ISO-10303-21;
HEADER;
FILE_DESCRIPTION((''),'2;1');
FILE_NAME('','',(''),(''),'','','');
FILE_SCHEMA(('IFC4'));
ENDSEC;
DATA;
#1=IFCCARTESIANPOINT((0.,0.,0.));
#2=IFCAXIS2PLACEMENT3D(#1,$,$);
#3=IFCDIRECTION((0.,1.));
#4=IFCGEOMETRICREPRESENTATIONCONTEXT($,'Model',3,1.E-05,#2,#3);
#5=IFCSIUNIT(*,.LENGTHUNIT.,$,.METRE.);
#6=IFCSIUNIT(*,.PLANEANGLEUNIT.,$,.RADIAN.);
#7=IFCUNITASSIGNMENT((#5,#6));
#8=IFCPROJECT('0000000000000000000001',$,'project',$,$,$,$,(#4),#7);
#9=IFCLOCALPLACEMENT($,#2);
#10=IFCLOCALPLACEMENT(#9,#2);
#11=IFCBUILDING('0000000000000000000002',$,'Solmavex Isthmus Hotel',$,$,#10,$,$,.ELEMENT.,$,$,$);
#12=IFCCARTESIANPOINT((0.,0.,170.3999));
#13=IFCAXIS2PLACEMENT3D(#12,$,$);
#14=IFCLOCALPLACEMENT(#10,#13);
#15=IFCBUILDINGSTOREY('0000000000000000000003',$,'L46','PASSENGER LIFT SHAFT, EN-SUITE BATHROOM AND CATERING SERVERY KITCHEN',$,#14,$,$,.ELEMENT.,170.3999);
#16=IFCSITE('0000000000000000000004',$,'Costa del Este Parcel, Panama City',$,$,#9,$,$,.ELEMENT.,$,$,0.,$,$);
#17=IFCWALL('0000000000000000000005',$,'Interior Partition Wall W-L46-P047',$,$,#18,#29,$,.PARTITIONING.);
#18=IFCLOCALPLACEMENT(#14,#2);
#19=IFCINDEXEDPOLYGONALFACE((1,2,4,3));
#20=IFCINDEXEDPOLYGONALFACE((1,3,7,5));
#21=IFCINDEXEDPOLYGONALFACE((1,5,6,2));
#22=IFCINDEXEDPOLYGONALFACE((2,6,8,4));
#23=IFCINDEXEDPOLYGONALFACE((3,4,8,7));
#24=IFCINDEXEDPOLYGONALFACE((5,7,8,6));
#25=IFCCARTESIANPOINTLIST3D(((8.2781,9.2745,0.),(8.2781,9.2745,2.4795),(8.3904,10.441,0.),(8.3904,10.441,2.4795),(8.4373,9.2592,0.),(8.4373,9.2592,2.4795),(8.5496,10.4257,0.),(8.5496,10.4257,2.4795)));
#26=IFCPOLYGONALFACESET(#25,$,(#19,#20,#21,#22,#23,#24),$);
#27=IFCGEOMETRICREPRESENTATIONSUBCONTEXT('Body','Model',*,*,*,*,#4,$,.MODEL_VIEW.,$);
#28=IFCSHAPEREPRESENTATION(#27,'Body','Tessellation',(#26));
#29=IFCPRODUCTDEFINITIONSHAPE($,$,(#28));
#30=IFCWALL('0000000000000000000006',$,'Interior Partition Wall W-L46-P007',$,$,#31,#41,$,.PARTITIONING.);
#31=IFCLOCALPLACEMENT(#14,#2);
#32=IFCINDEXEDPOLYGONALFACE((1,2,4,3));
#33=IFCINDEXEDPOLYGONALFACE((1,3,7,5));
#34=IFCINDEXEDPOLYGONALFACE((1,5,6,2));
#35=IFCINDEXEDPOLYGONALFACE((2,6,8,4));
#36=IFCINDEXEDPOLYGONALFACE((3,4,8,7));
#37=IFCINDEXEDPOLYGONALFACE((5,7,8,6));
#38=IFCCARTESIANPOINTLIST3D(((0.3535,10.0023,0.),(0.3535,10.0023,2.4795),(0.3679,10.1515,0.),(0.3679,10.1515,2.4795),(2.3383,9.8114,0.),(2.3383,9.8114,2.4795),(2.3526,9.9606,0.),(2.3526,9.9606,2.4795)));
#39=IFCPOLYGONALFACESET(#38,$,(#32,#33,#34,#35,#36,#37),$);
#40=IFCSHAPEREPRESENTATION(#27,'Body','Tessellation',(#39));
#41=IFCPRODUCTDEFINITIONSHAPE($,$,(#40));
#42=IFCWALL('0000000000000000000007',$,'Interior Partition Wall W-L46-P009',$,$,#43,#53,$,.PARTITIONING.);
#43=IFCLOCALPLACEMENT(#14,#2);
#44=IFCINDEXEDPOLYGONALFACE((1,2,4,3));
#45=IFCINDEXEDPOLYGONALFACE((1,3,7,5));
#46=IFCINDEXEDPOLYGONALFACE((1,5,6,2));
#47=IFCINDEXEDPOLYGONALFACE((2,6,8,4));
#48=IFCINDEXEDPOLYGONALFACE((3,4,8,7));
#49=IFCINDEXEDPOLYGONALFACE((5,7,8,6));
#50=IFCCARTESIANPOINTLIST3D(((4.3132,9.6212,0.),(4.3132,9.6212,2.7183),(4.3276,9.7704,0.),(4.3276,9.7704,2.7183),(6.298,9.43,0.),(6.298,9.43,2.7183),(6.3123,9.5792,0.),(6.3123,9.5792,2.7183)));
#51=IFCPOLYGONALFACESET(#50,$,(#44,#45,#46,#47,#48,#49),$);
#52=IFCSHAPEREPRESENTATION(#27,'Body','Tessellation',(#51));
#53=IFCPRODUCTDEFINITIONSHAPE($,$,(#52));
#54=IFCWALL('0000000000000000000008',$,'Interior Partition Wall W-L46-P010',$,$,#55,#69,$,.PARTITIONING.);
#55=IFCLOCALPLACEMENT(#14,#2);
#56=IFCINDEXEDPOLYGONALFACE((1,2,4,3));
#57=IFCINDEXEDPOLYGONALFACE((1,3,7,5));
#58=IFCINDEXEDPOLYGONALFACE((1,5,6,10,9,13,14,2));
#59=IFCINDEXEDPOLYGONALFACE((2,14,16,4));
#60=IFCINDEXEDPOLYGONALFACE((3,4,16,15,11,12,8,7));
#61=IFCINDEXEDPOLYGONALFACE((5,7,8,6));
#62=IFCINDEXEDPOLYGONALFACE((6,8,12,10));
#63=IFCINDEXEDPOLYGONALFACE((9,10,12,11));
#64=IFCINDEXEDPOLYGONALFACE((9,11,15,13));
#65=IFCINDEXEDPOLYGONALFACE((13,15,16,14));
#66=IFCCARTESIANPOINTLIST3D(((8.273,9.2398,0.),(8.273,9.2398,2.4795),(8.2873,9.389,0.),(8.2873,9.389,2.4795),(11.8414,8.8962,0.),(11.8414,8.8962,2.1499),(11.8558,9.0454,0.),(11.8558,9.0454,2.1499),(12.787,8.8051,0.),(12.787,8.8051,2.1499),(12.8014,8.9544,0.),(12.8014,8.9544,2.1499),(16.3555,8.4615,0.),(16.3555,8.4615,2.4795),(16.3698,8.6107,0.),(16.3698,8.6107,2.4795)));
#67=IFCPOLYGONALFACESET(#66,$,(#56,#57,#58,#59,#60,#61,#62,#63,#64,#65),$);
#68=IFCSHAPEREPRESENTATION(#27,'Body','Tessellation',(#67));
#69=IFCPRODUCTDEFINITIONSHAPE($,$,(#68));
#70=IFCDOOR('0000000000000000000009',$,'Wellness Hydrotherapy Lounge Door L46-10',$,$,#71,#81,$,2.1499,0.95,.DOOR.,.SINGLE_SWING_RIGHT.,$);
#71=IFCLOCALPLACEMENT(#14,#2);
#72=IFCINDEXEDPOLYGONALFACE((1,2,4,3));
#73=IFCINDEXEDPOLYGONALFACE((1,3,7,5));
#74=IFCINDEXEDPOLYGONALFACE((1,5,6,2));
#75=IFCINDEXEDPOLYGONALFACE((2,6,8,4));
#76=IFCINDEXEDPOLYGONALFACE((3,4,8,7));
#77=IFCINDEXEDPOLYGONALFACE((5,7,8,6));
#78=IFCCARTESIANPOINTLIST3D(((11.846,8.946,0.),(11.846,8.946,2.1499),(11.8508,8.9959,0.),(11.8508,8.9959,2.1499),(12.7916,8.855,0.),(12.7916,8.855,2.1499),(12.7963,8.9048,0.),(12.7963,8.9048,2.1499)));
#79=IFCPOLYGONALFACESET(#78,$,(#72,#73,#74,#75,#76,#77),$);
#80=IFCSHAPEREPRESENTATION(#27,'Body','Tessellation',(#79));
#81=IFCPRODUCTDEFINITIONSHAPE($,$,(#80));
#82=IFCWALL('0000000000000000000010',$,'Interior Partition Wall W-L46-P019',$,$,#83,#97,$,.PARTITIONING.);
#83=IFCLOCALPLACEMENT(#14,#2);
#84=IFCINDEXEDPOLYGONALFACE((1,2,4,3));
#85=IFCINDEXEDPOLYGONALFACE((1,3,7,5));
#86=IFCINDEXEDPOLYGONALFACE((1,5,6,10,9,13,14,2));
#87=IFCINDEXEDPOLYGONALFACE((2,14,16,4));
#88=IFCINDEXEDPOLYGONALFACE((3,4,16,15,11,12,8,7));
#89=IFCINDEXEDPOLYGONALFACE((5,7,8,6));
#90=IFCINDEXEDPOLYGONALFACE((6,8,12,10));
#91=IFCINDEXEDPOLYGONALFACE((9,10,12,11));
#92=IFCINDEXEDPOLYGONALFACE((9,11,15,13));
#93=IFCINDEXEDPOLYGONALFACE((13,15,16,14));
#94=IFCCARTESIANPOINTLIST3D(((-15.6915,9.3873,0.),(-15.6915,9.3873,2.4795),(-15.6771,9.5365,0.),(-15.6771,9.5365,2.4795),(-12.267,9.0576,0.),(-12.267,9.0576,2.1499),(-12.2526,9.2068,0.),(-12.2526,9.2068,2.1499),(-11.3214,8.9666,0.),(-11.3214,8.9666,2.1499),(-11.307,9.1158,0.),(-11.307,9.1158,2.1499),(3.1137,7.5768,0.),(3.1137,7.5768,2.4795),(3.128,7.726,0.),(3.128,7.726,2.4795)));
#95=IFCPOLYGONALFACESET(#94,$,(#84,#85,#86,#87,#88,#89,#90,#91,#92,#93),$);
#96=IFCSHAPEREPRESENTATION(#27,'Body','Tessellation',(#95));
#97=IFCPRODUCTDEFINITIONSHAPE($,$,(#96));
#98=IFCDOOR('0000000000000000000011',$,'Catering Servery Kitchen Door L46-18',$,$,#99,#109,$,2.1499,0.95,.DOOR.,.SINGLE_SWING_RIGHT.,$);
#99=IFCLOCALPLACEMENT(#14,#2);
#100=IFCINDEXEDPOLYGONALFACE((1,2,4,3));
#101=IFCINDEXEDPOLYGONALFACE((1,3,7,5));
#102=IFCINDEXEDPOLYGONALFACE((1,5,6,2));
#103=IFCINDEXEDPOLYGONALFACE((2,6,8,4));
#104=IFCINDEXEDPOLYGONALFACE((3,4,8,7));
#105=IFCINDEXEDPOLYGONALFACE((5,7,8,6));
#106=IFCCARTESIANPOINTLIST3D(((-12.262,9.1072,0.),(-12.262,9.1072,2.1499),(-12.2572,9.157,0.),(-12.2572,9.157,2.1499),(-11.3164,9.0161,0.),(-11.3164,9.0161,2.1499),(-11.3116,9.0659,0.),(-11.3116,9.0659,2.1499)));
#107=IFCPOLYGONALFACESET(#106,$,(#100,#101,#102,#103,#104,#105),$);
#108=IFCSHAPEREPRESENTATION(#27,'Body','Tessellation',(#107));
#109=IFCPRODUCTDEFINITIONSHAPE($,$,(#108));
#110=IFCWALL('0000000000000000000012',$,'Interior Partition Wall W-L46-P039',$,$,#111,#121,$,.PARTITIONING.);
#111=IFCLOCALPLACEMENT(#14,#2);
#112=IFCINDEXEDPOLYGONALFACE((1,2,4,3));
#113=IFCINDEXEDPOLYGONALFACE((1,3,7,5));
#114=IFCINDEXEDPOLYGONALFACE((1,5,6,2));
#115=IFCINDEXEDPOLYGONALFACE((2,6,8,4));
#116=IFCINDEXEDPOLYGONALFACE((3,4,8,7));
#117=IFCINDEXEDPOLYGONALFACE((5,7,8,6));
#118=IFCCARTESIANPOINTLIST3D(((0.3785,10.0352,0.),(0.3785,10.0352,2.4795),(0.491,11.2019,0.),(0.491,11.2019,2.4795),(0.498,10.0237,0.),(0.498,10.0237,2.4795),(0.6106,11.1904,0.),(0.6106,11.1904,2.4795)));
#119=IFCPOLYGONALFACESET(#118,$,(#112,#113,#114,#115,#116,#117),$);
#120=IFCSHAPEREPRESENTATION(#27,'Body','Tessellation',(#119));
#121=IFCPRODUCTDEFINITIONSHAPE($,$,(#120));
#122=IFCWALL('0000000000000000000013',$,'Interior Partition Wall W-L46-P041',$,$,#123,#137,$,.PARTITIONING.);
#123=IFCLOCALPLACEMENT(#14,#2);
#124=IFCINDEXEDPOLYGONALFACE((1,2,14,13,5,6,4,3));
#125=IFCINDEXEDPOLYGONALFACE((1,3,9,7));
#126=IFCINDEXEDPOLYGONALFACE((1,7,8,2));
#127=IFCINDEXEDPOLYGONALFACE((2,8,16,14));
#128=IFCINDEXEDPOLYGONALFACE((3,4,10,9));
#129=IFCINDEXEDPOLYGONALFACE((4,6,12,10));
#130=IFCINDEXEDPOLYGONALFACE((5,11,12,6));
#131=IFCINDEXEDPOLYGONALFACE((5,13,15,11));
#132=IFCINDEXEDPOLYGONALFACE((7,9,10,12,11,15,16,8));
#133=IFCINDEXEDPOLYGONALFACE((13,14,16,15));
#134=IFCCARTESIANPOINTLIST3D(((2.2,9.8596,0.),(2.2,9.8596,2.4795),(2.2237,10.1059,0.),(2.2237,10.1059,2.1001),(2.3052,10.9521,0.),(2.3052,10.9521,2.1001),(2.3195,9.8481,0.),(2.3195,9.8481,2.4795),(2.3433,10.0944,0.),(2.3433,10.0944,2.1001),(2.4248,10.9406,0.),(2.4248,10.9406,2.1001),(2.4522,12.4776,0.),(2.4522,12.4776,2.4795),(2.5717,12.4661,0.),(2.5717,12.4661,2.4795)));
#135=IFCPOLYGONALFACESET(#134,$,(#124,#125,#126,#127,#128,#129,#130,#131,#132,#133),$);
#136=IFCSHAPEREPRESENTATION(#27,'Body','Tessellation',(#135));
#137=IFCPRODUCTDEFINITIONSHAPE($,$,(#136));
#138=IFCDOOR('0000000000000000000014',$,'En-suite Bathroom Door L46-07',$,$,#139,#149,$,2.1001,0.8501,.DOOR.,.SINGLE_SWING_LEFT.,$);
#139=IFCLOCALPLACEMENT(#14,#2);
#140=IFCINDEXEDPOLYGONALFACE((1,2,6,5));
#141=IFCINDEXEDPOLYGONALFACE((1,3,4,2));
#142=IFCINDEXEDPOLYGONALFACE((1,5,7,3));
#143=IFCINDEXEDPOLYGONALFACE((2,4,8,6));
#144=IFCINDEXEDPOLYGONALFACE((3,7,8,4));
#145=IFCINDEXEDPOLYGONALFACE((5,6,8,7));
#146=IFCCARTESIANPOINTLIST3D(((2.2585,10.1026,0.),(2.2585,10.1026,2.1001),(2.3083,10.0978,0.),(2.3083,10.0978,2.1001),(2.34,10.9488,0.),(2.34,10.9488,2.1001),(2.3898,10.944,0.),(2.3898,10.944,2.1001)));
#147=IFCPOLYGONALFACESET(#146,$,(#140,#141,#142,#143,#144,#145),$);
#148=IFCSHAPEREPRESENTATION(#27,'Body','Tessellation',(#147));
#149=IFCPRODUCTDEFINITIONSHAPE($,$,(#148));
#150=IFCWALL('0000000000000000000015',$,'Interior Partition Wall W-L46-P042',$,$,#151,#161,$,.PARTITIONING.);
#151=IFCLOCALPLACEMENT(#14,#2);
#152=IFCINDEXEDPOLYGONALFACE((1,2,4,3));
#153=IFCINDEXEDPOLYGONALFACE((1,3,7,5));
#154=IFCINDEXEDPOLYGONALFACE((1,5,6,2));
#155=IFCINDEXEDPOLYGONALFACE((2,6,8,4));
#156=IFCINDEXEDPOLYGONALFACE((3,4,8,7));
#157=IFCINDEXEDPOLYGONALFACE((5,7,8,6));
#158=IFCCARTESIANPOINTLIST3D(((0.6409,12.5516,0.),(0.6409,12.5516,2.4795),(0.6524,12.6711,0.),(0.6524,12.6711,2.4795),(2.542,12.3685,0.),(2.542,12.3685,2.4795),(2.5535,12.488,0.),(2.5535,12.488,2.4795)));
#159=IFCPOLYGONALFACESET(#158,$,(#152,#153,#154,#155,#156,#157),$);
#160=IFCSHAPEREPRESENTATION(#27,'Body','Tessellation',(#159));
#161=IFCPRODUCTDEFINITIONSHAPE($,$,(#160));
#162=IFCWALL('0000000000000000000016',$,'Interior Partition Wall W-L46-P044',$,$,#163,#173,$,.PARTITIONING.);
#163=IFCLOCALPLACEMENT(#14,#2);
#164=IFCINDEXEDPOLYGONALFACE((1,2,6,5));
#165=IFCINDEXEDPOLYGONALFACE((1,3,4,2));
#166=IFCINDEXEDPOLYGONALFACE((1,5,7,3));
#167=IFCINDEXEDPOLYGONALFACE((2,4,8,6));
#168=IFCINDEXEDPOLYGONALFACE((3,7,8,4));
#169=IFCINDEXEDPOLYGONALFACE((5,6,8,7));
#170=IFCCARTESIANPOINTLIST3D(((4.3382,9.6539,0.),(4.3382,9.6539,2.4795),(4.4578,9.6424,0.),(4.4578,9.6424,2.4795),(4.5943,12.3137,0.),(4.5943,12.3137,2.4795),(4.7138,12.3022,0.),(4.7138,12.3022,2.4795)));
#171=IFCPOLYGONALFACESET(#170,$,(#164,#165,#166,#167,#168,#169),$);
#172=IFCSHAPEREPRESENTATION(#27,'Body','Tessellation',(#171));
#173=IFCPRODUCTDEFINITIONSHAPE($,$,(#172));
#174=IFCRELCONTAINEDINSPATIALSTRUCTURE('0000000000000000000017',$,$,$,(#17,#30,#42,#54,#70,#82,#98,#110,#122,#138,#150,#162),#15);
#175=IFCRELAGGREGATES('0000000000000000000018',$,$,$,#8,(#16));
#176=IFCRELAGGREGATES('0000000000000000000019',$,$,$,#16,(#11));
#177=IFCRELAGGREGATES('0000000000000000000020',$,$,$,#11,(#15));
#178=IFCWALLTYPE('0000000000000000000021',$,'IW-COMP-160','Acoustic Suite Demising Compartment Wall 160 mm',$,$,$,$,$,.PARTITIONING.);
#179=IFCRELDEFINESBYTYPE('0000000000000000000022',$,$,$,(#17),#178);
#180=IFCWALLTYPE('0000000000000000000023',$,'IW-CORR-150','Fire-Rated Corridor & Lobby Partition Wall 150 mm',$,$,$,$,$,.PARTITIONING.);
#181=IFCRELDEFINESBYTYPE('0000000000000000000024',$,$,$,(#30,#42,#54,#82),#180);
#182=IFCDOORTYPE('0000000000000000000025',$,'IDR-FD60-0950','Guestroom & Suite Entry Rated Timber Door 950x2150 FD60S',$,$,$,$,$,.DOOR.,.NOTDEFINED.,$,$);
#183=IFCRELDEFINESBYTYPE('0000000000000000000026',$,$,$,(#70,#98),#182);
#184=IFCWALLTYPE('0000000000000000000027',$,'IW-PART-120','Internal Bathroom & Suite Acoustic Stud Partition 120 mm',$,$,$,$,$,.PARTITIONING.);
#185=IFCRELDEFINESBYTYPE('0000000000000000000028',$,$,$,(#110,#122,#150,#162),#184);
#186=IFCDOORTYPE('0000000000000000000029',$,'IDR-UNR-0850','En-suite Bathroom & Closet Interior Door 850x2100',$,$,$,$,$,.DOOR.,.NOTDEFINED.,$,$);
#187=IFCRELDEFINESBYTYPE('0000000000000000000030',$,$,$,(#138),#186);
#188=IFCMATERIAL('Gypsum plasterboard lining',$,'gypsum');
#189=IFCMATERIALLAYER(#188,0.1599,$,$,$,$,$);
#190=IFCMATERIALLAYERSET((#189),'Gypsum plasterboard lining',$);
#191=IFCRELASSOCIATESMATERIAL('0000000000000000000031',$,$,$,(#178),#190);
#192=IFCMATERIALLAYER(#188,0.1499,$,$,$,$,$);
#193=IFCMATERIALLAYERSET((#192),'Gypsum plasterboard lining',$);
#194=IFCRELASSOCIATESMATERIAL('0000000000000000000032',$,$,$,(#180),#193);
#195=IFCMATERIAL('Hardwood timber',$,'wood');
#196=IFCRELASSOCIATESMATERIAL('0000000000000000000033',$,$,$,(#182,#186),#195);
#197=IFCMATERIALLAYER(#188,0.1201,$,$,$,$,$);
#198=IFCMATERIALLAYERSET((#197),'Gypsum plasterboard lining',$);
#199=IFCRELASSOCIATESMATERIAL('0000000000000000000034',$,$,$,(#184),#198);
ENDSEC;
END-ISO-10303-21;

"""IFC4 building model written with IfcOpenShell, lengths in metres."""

from ifc_helpers import new_model, si_unit, direction, frame, frame_2d, origin, place, context, subcontext, project, spatial, rectangle, extrude, material, layer, layer_set, type_object, element, fill, save


model = new_model("IFC4")

# Units and contexts
model_context = context("Model", 3, precision=1e-05, world=origin(), true_north=direction((0.0, 1.0)))
body_context = subcontext(model_context, "Body", "Model", "MODEL_VIEW")
ifc_project = project(units=[si_unit("LENGTHUNIT", "METRE"), si_unit("PLANEANGLEUNIT", "RADIAN")], contexts=[model_context])

# Site, building, storey
site_placement = place(None, origin())
site = spatial("IfcSite", under=ifc_project, at=site_placement, Name="Costa del Este Parcel, Panama City", CompositionType="ELEMENT", RefElevation=0.0)
building_placement = place(site_placement, origin())
building = spatial("IfcBuilding", under=site, at=building_placement, Name="Solmavex Isthmus Hotel", CompositionType="ELEMENT")
storey_placement = place(building_placement, frame((0.0, 0.0, 170.3999)))
storey = spatial("IfcBuildingStorey", under=building, at=storey_placement, Name="L46", Description="PASSENGER LIFT SHAFT, EN-SUITE BATHROOM AND CATERING SERVERY KITCHEN", CompositionType="ELEMENT", Elevation=170.3999)

# Wall
ifc_material_1 = material(Name="Gypsum plasterboard lining", Category="gypsum")
ifc_layer_1 = layer(ifc_material_1, 0.1599)
ifc_layer_set_1 = layer_set([ifc_layer_1], Name="Gypsum plasterboard lining")
wall_type_1 = type_object("IfcWallType", Name="IW-COMP-160", Description="Acoustic Suite Demising Compartment Wall 160 mm", PredefinedType="PARTITIONING", material=ifc_layer_set_1)
wall_1_placement = place(storey_placement, frame((8.47, 10.4333, 0.0), z_axis=(0.0, 0.0, 1.0), x_axis=(-0.095831, -0.995398, 0.0)))
element("IfcWall", 1, at=wall_1_placement, inside=storey, type_object=wall_type_1, Name="Interior Partition Wall W-L46-P047", PredefinedType="PARTITIONING", context=body_context, shape_type="SweptSolid", body=[
    extrude(rectangle(XDim=1.1719, YDim=0.1599, at=frame_2d((0.5859, 0.0))), origin(), (0.0, 0.0, 1.0), 2.4795),
])

# Shared definitions
ifc_layer_2 = layer(ifc_material_1, 0.1499)
ifc_layer_set_2 = layer_set([ifc_layer_2], Name="Gypsum plasterboard lining")
wall_type_2 = type_object("IfcWallType", Name="IW-CORR-150", Description="Fire-Rated Corridor & Lobby Partition Wall 150 mm", PredefinedType="PARTITIONING", material=ifc_layer_set_2)
ifc_material_2 = material(Name="Hardwood timber", Category="wood")
door_type_1 = type_object("IfcDoorType", Name="IDR-FD60-0950", Description="Guestroom & Suite Entry Rated Timber Door 950x2150 FD60S", OperationType="NOTDEFINED", PredefinedType="DOOR", material=ifc_material_2)

# Wall
wall_2_placement = place(storey_placement, frame((0.3606, 10.0769, 0.0), z_axis=(0.0, 0.0, 1.0), x_axis=(0.995405, -0.095757, 0.0)))
element("IfcWall", 2, at=wall_2_placement, inside=storey, type_object=wall_type_2, Name="Interior Partition Wall W-L46-P007", PredefinedType="PARTITIONING", context=body_context, shape_type="SweptSolid", body=[
    extrude(rectangle(XDim=1.9939, YDim=0.1499, at=frame_2d((0.9971, 0.0))), origin(), (0.0, 0.0, 1.0), 2.4795),
])

# Wall
wall_3_placement = place(storey_placement, frame((4.3203, 9.6958, 0.0), z_axis=(0.0, 0.0, 1.0), x_axis=(0.995393, -0.095878, 0.0)))
element("IfcWall", 3, at=wall_3_placement, inside=storey, type_object=wall_type_2, Name="Interior Partition Wall W-L46-P009", PredefinedType="PARTITIONING", context=body_context, shape_type="SweptSolid", body=[
    extrude(rectangle(XDim=1.9939, YDim=0.1499, at=frame_2d((0.9971, 0.0))), origin(), (0.0, 0.0, 1.0), 2.7183),
])

# Walls, openings, doors
wall_4_placement = place(storey_placement, frame((8.28, 9.3145, 0.0), z_axis=(0.0, 0.0, 1.0), x_axis=(0.995395, -0.095853, 0.0)))
wall_4 = element("IfcWall", 4, at=wall_4_placement, inside=storey, type_object=wall_type_2, Name="Interior Partition Wall W-L46-P010", PredefinedType="PARTITIONING", context=body_context, shape_type="SweptSolid", body=[
    extrude(rectangle(XDim=8.1199, YDim=0.1499, at=frame_2d((4.0601, 0.0))), origin(), (0.0, 0.0, 1.0), 2.4795),
])
opening_1_placement = place(wall_4_placement, frame((3.585, 0.0, 0.0)))
opening_1 = element("IfcOpeningElement", 5, at=opening_1_placement, cuts=wall_4, PredefinedType="OPENING", context=body_context, shape_type="SweptSolid", body=[
    extrude(rectangle(XDim=0.95, YDim=2.1499, at=frame_2d((0.4751, 1.075))), frame((0.0, 0.085, 0.0), z_axis=(0.0, -1.0, 0.0), x_axis=(1.0, 0.0, 0.0)), (0.0, 0.0, 1.0), 0.1699),
])
door_1_placement = place(opening_1_placement, frame((0.95, 0.0, 0.0), z_axis=(0.0, 0.0, 1.0), x_axis=(-1.0, 0.0, 0.0)))
door_1 = element("IfcDoor", 6, at=door_1_placement, inside=storey, type_object=door_type_1, Name="Wellness Hydrotherapy Lounge Door L46-10", OperationType="SINGLE_SWING_RIGHT", OverallHeight=2.1499, OverallWidth=0.95, PredefinedType="DOOR", context=body_context, shape_type="SweptSolid", body=[
    extrude(rectangle(XDim=0.95, YDim=2.1499, at=frame_2d((0.4751, 1.075))), frame((0.0, 0.0249, 0.0), z_axis=(0.0, -1.0, 0.0), x_axis=(1.0, 0.0, 0.0)), (0.0, 0.0, 1.0), 0.05),
])
fill(opening_1, door_1)
wall_5_placement = place(storey_placement, frame((3.1208, 7.6514, 0.0), z_axis=(0.0, 0.0, 1.0), x_axis=(-0.995397, 0.095836, 0.0)))
wall_5 = element("IfcWall", 7, at=wall_5_placement, inside=storey, type_object=wall_type_2, Name="Interior Partition Wall W-L46-P019", PredefinedType="PARTITIONING", context=body_context, shape_type="SweptSolid", body=[
    extrude(rectangle(XDim=18.8921, YDim=0.1499, at=frame_2d((9.446, 0.0))), origin(), (0.0, 0.0, 1.0), 2.4795),
])
opening_2_placement = place(wall_5_placement, frame((14.5017, 0.0, 0.0)))
opening_2 = element("IfcOpeningElement", 8, at=opening_2_placement, cuts=wall_5, PredefinedType="OPENING", context=body_context, shape_type="SweptSolid", body=[
    extrude(rectangle(XDim=0.95, YDim=2.1499, at=frame_2d((0.4751, 1.075))), frame((0.0, 0.085, 0.0), z_axis=(0.0, -1.0, 0.0), x_axis=(1.0, 0.0, 0.0)), (0.0, 0.0, 1.0), 0.1699),
])
door_2_placement = place(opening_2_placement, frame((0.95, 0.0, 0.0), z_axis=(0.0, 0.0, 1.0), x_axis=(-1.0, 0.0, 0.0)))
door_2 = element("IfcDoor", 9, at=door_2_placement, inside=storey, type_object=door_type_1, Name="Catering Servery Kitchen Door L46-18", OperationType="SINGLE_SWING_RIGHT", OverallHeight=2.1499, OverallWidth=0.95, PredefinedType="DOOR", context=body_context, shape_type="SweptSolid", body=[
    extrude(rectangle(XDim=0.95, YDim=2.1499, at=frame_2d((0.4751, 1.075))), frame((0.0, 0.0249, 0.0), z_axis=(0.0, -1.0, 0.0), x_axis=(1.0, 0.0, 0.0)), (0.0, 0.0, 1.0), 0.05),
])
fill(opening_2, door_2)

# Wall
ifc_layer_3 = layer(ifc_material_1, 0.1201)
ifc_layer_set_3 = layer_set([ifc_layer_3], Name="Gypsum plasterboard lining")
wall_type_3 = type_object("IfcWallType", Name="IW-PART-120", Description="Internal Bathroom & Suite Acoustic Stud Partition 120 mm", PredefinedType="PARTITIONING", material=ifc_layer_set_3)
wall_6_placement = place(storey_placement, frame((0.5508, 11.196, 0.0), z_axis=(0.0, 0.0, 1.0), x_axis=(-0.096018, -0.99538, 0.0)))
element("IfcWall", 10, at=wall_6_placement, inside=storey, type_object=wall_type_3, Name="Interior Partition Wall W-L46-P039", PredefinedType="PARTITIONING", context=body_context, shape_type="SweptSolid", body=[
    extrude(rectangle(XDim=1.1721, YDim=0.1201, at=frame_2d((0.5859, 0.0))), origin(), (0.0, 0.0, 1.0), 2.4795),
])

# Wall, opening, door
wall_7_placement = place(storey_placement, frame((2.2598, 9.854, 0.0), z_axis=(0.0, 0.0, 1.0), x_axis=(0.095891, 0.995392, 0.0)))
wall_7 = element("IfcWall", 11, at=wall_7_placement, inside=storey, type_object=wall_type_3, Name="Interior Partition Wall W-L46-P041", PredefinedType="PARTITIONING", context=body_context, shape_type="SweptSolid", body=[
    extrude(rectangle(XDim=2.6301, YDim=0.1201, at=frame_2d((1.3149, 0.0))), origin(), (0.0, 0.0, 1.0), 2.4795),
])
opening_3_placement = place(wall_7_placement, frame((0.2473, 0.0, 0.0)))
opening_3 = element("IfcOpeningElement", 12, at=opening_3_placement, cuts=wall_7, PredefinedType="OPENING", context=body_context, shape_type="SweptSolid", body=[
    extrude(rectangle(XDim=0.8501, YDim=2.1001, at=frame_2d((0.425, 1.05))), frame((0.0, 0.0701, 0.0), z_axis=(0.0, -1.0, 0.0), x_axis=(1.0, 0.0, 0.0)), (0.0, 0.0, 1.0), 0.1401),
])
door_type_2 = type_object("IfcDoorType", Name="IDR-UNR-0850", Description="En-suite Bathroom & Closet Interior Door 850x2100", OperationType="NOTDEFINED", PredefinedType="DOOR", material=ifc_material_2)
door_3_placement = place(opening_3_placement, frame((0.8501, 0.0, 0.0), z_axis=(0.0, 0.0, 1.0), x_axis=(-1.0, 0.0, 0.0)))
door_3 = element("IfcDoor", 13, at=door_3_placement, inside=storey, type_object=door_type_2, Name="En-suite Bathroom Door L46-07", OperationType="SINGLE_SWING_LEFT", OverallHeight=2.1001, OverallWidth=0.8501, PredefinedType="DOOR", context=body_context, shape_type="SweptSolid", body=[
    extrude(rectangle(XDim=0.8501, YDim=2.1001, at=frame_2d((0.425, 1.05))), frame((0.0, 0.0249, 0.0), z_axis=(0.0, -1.0, 0.0), x_axis=(1.0, 0.0, 0.0)), (0.0, 0.0, 1.0), 0.05),
])
fill(opening_3, door_3)

# Walls
wall_8_placement = place(storey_placement, frame((2.5479, 12.4282, 0.0), z_axis=(0.0, 0.0, 1.0), x_axis=(-0.995394, 0.095871, 0.0)))
element("IfcWall", 14, at=wall_8_placement, inside=storey, type_object=wall_type_3, Name="Interior Partition Wall W-L46-P042", PredefinedType="PARTITIONING", context=body_context, shape_type="SweptSolid", body=[
    extrude(rectangle(XDim=1.9099, YDim=0.1201, at=frame_2d((0.9551, 0.0))), origin(), (0.0, 0.0, 1.0), 2.4795),
])
wall_9_placement = place(storey_placement, frame((4.6541, 12.3079, 0.0), z_axis=(0.0, 0.0, 1.0), x_axis=(-0.095839, -0.995397, 0.0)))
element("IfcWall", 15, at=wall_9_placement, inside=storey, type_object=wall_type_3, Name="Interior Partition Wall W-L46-P044", PredefinedType="PARTITIONING", context=body_context, shape_type="SweptSolid", body=[
    extrude(rectangle(XDim=2.6721, YDim=0.1201, at=frame_2d((1.3359, 0.0))), origin(), (0.0, 0.0, 1.0), 2.4795),
])

save(model, "model.ifc")
